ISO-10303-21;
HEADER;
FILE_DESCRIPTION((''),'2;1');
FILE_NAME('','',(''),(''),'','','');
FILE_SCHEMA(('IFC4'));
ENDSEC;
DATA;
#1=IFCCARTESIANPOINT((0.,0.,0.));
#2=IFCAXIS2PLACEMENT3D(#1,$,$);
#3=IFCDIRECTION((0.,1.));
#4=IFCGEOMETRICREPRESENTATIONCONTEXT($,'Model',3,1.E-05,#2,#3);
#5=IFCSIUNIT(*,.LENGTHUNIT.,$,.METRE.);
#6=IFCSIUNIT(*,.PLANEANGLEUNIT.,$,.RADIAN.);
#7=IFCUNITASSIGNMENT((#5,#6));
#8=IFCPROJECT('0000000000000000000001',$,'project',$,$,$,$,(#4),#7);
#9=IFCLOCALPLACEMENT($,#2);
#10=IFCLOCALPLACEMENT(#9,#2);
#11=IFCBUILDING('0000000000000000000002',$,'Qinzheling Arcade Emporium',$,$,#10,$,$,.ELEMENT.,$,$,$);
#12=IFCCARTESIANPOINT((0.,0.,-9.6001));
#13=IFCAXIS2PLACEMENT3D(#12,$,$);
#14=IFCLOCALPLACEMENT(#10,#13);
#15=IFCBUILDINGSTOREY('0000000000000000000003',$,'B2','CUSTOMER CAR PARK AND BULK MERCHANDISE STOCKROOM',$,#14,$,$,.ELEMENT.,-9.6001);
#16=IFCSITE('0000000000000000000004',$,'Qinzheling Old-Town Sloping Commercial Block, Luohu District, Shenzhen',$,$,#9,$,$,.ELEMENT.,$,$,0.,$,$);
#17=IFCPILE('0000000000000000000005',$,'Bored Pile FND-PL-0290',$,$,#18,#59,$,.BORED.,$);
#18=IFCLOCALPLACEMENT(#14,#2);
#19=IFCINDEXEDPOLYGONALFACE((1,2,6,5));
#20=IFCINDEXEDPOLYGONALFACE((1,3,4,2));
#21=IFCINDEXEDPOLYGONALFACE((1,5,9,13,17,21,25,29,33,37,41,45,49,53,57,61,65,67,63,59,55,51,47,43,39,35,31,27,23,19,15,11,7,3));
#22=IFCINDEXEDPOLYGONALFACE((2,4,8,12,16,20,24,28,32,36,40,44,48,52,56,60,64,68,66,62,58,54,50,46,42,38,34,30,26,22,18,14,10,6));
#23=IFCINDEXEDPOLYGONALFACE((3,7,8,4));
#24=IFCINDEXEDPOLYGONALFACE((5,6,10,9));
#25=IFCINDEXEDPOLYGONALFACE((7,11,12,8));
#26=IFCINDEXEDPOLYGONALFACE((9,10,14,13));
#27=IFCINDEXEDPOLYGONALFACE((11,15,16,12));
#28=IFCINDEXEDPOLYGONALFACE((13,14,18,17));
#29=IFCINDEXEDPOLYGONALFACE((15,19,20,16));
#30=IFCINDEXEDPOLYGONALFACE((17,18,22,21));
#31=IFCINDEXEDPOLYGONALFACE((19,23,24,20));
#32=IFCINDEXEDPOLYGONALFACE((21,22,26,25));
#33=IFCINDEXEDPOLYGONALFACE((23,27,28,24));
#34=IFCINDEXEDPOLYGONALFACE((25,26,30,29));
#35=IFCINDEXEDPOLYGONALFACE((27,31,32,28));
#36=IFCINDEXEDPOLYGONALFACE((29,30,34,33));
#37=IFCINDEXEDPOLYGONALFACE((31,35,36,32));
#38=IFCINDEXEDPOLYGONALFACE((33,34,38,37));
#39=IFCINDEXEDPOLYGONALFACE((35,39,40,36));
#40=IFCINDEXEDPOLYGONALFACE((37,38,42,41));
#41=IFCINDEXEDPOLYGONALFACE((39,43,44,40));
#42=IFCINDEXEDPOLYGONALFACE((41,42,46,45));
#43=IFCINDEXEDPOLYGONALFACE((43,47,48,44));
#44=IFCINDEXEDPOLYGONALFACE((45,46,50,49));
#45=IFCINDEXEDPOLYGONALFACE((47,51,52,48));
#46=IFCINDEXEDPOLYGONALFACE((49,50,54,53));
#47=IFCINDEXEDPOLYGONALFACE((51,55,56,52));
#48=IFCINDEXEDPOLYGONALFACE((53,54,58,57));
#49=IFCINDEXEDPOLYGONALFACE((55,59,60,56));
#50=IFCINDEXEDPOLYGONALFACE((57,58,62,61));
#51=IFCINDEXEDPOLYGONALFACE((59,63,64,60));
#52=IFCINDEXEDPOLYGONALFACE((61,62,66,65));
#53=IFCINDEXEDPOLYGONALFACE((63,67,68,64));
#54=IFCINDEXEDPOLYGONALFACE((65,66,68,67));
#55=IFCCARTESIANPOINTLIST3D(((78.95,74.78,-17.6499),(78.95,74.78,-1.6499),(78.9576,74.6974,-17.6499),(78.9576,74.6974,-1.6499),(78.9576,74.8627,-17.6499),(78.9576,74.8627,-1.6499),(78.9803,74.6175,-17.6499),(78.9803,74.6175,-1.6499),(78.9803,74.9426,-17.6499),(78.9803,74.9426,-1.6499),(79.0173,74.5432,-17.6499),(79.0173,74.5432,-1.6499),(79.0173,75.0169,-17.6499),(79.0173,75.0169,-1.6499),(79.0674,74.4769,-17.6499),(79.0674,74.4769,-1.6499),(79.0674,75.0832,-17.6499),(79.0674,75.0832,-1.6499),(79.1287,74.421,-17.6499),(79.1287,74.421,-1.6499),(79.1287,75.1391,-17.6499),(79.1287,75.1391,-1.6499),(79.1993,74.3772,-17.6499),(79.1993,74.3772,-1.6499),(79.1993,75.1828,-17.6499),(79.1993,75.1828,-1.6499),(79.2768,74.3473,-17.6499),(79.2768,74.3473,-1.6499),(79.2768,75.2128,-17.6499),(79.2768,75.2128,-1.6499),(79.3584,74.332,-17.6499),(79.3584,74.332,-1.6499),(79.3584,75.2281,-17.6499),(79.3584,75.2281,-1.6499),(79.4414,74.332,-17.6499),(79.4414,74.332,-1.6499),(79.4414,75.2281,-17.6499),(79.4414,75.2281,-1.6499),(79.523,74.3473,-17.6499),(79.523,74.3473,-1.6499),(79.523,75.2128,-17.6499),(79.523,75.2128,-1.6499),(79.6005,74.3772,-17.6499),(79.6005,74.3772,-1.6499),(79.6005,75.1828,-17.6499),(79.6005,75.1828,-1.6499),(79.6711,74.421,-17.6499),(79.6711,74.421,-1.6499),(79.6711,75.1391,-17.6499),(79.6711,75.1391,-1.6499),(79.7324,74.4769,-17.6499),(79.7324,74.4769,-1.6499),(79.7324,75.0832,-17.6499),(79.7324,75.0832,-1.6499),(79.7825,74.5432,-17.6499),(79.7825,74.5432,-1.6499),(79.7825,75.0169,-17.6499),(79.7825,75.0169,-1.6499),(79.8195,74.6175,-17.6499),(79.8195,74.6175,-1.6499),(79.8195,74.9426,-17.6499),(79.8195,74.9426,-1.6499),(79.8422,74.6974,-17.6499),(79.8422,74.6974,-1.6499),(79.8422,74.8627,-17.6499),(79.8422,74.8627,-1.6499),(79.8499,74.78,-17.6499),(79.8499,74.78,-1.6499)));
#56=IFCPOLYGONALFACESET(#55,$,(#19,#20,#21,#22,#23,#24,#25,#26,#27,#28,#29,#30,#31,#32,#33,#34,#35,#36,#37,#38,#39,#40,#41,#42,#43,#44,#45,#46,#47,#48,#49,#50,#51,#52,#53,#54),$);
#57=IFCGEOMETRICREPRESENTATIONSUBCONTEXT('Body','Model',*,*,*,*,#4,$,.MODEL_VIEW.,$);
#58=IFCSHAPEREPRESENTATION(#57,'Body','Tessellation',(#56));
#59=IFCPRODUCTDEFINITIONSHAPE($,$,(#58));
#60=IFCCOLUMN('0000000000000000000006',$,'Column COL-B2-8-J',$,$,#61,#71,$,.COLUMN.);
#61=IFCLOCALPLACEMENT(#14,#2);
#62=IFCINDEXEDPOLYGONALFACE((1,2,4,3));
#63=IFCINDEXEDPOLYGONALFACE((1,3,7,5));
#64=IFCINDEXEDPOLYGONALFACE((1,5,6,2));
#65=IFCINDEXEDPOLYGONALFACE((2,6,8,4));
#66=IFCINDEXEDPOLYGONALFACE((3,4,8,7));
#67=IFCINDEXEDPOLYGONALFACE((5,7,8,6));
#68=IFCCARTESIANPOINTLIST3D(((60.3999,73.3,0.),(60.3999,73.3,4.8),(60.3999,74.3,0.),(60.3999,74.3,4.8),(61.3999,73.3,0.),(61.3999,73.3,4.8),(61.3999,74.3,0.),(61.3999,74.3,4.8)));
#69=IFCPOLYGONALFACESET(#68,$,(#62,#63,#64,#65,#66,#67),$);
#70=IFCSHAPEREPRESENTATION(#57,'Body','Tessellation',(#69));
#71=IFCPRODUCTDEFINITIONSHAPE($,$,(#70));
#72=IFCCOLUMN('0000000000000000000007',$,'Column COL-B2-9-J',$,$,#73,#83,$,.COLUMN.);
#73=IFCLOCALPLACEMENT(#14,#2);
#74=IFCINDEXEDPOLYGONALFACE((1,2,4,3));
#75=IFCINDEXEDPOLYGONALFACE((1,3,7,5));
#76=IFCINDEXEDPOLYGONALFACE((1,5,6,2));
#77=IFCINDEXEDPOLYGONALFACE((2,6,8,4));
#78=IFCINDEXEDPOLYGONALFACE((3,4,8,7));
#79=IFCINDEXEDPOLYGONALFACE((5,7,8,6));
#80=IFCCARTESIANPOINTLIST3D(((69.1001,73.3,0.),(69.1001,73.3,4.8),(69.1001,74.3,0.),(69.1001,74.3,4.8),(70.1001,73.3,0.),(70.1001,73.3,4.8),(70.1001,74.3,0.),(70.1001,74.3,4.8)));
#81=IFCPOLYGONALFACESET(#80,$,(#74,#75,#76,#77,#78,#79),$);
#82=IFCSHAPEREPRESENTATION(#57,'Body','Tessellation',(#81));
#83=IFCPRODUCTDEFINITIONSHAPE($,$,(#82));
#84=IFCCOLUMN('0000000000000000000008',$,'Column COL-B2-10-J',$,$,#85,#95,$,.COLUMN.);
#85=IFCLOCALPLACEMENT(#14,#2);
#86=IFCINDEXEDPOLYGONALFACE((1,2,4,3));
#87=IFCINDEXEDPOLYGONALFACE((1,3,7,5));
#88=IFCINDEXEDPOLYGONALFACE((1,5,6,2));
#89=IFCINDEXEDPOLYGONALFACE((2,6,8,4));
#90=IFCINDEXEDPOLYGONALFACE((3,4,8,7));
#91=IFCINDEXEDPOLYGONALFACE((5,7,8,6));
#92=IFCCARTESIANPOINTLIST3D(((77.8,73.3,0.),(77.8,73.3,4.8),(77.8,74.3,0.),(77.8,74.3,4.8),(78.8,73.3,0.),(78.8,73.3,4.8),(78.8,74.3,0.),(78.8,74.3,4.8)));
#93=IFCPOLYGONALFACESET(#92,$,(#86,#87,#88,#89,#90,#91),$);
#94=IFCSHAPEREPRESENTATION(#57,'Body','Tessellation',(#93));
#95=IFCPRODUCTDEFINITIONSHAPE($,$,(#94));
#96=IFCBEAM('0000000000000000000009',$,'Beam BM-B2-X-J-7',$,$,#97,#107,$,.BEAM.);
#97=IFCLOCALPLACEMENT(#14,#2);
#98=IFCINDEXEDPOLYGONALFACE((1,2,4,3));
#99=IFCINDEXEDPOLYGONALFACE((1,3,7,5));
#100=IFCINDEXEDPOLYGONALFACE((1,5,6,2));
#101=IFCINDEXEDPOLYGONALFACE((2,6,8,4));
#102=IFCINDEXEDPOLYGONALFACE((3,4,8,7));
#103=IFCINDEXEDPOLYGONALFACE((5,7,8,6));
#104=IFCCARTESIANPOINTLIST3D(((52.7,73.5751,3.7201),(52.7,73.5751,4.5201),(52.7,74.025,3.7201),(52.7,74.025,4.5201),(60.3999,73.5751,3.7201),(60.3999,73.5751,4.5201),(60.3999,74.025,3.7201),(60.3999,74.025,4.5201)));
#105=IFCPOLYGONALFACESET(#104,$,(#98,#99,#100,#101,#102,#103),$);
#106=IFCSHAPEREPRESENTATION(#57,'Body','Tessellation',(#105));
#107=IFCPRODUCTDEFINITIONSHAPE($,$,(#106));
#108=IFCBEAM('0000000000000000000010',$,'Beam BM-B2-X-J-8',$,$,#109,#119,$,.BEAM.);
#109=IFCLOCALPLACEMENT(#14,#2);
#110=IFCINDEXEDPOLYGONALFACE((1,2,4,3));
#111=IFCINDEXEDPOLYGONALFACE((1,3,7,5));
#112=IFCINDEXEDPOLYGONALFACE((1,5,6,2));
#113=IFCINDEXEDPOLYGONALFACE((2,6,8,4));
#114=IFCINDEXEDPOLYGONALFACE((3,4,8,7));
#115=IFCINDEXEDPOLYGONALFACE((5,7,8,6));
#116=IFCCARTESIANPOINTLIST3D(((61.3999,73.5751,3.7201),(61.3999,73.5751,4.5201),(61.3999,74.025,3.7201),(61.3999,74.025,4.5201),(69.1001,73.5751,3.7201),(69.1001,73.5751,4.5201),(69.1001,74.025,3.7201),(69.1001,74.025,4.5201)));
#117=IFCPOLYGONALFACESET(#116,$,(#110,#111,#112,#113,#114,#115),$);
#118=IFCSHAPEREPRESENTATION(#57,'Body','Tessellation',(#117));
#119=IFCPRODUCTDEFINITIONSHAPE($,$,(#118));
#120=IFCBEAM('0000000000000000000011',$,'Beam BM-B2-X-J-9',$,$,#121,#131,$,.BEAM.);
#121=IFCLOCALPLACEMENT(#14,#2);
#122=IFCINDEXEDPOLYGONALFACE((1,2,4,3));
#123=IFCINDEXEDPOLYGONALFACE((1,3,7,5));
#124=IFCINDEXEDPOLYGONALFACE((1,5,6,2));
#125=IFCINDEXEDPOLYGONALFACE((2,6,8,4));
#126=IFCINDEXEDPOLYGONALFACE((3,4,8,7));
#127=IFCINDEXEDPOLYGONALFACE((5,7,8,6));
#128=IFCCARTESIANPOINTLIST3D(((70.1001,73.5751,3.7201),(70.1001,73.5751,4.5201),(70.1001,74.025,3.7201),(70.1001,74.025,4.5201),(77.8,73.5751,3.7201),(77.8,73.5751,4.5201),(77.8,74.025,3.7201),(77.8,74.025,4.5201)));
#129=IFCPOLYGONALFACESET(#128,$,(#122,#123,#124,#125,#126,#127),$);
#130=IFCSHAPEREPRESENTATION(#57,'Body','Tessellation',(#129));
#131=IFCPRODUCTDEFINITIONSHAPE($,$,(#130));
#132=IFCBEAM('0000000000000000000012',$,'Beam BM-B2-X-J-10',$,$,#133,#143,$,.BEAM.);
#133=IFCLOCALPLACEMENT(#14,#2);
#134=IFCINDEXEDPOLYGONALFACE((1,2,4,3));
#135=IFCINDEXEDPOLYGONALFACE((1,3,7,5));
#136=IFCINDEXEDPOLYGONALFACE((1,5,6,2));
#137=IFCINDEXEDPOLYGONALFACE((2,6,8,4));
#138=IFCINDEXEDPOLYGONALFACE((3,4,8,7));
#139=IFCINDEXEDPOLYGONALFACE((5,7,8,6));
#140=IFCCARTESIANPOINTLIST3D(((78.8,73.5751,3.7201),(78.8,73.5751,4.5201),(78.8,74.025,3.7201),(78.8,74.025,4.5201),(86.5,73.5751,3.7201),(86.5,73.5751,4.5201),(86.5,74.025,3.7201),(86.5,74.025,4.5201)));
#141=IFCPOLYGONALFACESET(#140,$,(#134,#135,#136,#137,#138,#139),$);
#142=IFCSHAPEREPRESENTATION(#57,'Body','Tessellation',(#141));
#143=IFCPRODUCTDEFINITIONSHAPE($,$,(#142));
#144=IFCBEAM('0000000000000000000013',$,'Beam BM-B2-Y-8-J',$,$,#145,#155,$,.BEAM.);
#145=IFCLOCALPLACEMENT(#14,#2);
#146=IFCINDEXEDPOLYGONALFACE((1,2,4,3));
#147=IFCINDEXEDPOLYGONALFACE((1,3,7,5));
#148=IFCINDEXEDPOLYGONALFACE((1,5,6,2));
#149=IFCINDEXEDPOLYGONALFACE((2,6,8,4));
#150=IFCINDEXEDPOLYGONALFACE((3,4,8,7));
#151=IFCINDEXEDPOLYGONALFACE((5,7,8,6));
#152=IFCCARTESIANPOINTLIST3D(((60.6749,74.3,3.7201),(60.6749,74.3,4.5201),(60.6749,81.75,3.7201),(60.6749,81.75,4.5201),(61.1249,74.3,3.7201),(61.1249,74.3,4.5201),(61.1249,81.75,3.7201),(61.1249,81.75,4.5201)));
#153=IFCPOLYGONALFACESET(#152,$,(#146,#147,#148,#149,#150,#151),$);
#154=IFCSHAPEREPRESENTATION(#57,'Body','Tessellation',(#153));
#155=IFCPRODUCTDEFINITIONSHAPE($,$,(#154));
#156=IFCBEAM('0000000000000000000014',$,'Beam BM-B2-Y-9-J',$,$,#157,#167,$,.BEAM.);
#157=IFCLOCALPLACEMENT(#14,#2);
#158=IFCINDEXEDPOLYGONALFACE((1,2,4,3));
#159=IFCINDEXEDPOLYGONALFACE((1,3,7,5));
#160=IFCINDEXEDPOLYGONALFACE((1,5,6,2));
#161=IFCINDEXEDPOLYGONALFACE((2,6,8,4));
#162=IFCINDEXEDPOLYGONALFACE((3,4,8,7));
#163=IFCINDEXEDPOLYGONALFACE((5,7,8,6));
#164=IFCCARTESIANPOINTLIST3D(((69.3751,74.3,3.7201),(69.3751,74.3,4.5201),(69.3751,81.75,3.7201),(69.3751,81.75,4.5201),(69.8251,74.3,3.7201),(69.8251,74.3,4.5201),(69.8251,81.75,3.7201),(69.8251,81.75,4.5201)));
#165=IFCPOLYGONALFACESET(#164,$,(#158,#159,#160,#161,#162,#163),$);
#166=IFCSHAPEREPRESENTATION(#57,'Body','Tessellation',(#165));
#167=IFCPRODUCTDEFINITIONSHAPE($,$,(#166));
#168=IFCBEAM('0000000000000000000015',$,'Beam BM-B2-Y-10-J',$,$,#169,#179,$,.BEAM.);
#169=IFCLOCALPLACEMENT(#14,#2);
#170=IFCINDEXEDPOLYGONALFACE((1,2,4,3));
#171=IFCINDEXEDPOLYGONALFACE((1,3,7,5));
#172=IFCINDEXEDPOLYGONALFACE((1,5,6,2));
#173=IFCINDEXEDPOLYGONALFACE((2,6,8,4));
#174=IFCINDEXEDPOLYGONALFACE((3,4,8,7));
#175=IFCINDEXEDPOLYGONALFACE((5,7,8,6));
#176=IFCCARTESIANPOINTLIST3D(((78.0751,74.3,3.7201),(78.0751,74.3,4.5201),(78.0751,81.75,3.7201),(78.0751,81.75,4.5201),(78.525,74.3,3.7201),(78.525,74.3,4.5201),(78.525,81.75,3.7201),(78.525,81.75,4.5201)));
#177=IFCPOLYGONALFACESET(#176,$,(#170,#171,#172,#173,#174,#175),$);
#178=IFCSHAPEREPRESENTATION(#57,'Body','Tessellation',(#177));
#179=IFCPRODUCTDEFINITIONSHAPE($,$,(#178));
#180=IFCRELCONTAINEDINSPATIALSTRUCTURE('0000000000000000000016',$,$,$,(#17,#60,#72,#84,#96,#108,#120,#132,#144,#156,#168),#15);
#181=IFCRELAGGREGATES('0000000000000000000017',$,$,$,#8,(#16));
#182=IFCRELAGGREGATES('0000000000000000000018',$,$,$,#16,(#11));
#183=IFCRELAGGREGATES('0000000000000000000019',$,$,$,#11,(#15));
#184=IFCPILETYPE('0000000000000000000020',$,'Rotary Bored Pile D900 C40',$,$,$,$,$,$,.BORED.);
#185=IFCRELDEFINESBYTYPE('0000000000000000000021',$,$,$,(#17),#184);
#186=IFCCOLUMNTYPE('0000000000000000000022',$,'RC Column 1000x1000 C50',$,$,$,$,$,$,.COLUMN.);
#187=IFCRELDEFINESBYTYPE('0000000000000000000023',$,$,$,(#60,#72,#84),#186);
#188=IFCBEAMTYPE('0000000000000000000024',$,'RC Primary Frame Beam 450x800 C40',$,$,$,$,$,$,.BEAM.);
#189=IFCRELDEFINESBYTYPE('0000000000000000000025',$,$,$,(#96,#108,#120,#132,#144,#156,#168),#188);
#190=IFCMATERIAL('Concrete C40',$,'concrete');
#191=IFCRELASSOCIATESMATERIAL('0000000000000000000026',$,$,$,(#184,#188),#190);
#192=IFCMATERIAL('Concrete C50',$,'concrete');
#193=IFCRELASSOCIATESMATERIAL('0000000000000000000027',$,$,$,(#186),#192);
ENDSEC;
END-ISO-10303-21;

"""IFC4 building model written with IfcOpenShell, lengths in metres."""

from ifc_helpers import new_model, si_unit, direction, frame, origin, origin_2d, place, context, subcontext, project, spatial, rectangle, circle, extrude, material, material_profile, profile_set, type_object, element, save


model = new_model("IFC4")

# Units and contexts
model_context = context("Model", 3, precision=1e-05, world=origin(), true_north=direction((0.0, 1.0)))
body_context = subcontext(model_context, "Body", "Model", "MODEL_VIEW")
ifc_project = project(units=[si_unit("LENGTHUNIT", "METRE"), si_unit("PLANEANGLEUNIT", "RADIAN")], contexts=[model_context])

# Site, building, storey
site_placement = place(None, origin())
site = spatial("IfcSite", under=ifc_project, at=site_placement, Name="Qinzheling Old-Town Sloping Commercial Block, Luohu District, Shenzhen", CompositionType="ELEMENT", RefElevation=0.0)
building_placement = place(site_placement, origin())
building = spatial("IfcBuilding", under=site, at=building_placement, Name="Qinzheling Arcade Emporium", CompositionType="ELEMENT")
storey_placement = place(building_placement, frame((0.0, 0.0, -9.6001)))
storey = spatial("IfcBuildingStorey", under=building, at=storey_placement, Name="B2", Description="CUSTOMER CAR PARK AND BULK MERCHANDISE STOCKROOM", CompositionType="ELEMENT", Elevation=-9.6001)

# Shared definitions
ifc_material_1 = material(Name="Concrete C40", Category="concrete")

# Pile
ifc_material_profile_1 = material_profile(ifc_material_1, circle(Radius=0.45, at=origin_2d()), Name="BORED D900", Category="concrete")
ifc_profile_set_1 = profile_set([ifc_material_profile_1], Name="Concrete C40")
pile_type = type_object("IfcPileType", Name="Rotary Bored Pile D900 C40", PredefinedType="BORED", material=ifc_profile_set_1)
for number, where, z_axis, x_axis, name in (
    (1, (79.3999, 74.78, -1.6499), (0.0, 0.0, -1.0), (1.0, 0.0, 0.0), "Bored Pile FND-PL-0290"),
):
    element("IfcPile", number, at=place(storey_placement, frame(where, z_axis=z_axis, x_axis=x_axis)), inside=storey, type_object=pile_type, Name=name, PredefinedType="BORED", context=body_context, shape_type="SweptSolid", body=[
        extrude(circle(Radius=0.45, at=origin_2d()), origin(), (0.0, 0.0, 1.0), 16.0),
    ])

# Columns
ifc_material_2 = material(Name="Concrete C50", Category="concrete")
ifc_material_profile_2 = material_profile(ifc_material_2, rectangle(XDim=1.0, YDim=1.0, at=origin_2d()), Name="RC 1000x1000", Category="concrete")
ifc_profile_set_2 = profile_set([ifc_material_profile_2], Name="Concrete C50")
column_type = type_object("IfcColumnType", Name="RC Column 1000x1000 C50", PredefinedType="COLUMN", material=ifc_profile_set_2)
for number, where, z_axis, x_axis, name in (
    (2, (60.8999, 73.8, 0.0), (0.0, 0.0, 1.0), (1.0, 0.0, 0.0), "Column COL-B2-8-J"),
    (3, (69.6001, 73.8, 0.0), (0.0, 0.0, 1.0), (1.0, 0.0, 0.0), "Column COL-B2-9-J"),
    (4, (78.3, 73.8, 0.0), (0.0, 0.0, 1.0), (1.0, 0.0, 0.0), "Column COL-B2-10-J"),
):
    element("IfcColumn", number, at=place(storey_placement, frame(where, z_axis=z_axis, x_axis=x_axis)), inside=storey, type_object=column_type, Name=name, PredefinedType="COLUMN", context=body_context, shape_type="SweptSolid", body=[
        extrude(rectangle(XDim=1.0, YDim=1.0, at=origin_2d()), origin(), (0.0, 0.0, 1.0), 4.8),
    ])

# Beams
ifc_material_profile_3 = material_profile(ifc_material_1, rectangle(XDim=0.45, YDim=0.8, at=origin_2d()), Name="RC 450x800", Category="concrete")
ifc_profile_set_3 = profile_set([ifc_material_profile_3], Name="Concrete C40")
beam_type = type_object("IfcBeamType", Name="RC Primary Frame Beam 450x800 C40", PredefinedType="BEAM", material=ifc_profile_set_3)
beam_1_placement = place(storey_placement, frame((52.7, 73.8, 4.1201), z_axis=(1.0, 0.0, 0.0), x_axis=(0.0, 1.0, 0.0)))
element("IfcBeam", 5, at=beam_1_placement, inside=storey, type_object=beam_type, Name="Beam BM-B2-X-J-7", PredefinedType="BEAM", context=body_context, shape_type="SweptSolid", body=[
    extrude(rectangle(XDim=0.45, YDim=0.8, at=origin_2d()), origin(), (0.0, 0.0, 1.0), 7.7),
])
beam_2_placement = place(storey_placement, frame((61.3999, 73.8, 4.1201), z_axis=(1.0, 0.0, 0.0), x_axis=(0.0, 1.0, 0.0)))
element("IfcBeam", 6, at=beam_2_placement, inside=storey, type_object=beam_type, Name="Beam BM-B2-X-J-8", PredefinedType="BEAM", context=body_context, shape_type="SweptSolid", body=[
    extrude(rectangle(XDim=0.45, YDim=0.8, at=origin_2d()), origin(), (0.0, 0.0, 1.0), 7.7002),
])
for number, where, z_axis, x_axis, name in (
    (7, (70.1001, 73.8, 4.1201), (1.0, 0.0, 0.0), (0.0, 1.0, 0.0), "Beam BM-B2-X-J-9"),
    (8, (78.8, 73.8, 4.1201), (1.0, 0.0, 0.0), (0.0, 1.0, 0.0), "Beam BM-B2-X-J-10"),
):
    element("IfcBeam", number, at=place(storey_placement, frame(where, z_axis=z_axis, x_axis=x_axis)), inside=storey, type_object=beam_type, Name=name, PredefinedType="BEAM", context=body_context, shape_type="SweptSolid", body=[
        extrude(rectangle(XDim=0.45, YDim=0.8, at=origin_2d()), origin(), (0.0, 0.0, 1.0), 7.7),
    ])
for number, where, z_axis, x_axis, name in (
    (9, (60.8999, 74.3, 4.1201), (0.0, 1.0, 0.0), (-1.0, 0.0, 0.0), "Beam BM-B2-Y-8-J"),
    (10, (69.6001, 74.3, 4.1201), (0.0, 1.0, 0.0), (-1.0, 0.0, 0.0), "Beam BM-B2-Y-9-J"),
    (11, (78.3, 74.3, 4.1201), (0.0, 1.0, 0.0), (-1.0, 0.0, 0.0), "Beam BM-B2-Y-10-J"),
):
    element("IfcBeam", number, at=place(storey_placement, frame(where, z_axis=z_axis, x_axis=x_axis)), inside=storey, type_object=beam_type, Name=name, PredefinedType="BEAM", context=body_context, shape_type="SweptSolid", body=[
        extrude(rectangle(XDim=0.45, YDim=0.8, at=origin_2d()), origin(), (0.0, 0.0, 1.0), 7.45),
    ])

save(model, "model.ifc")
